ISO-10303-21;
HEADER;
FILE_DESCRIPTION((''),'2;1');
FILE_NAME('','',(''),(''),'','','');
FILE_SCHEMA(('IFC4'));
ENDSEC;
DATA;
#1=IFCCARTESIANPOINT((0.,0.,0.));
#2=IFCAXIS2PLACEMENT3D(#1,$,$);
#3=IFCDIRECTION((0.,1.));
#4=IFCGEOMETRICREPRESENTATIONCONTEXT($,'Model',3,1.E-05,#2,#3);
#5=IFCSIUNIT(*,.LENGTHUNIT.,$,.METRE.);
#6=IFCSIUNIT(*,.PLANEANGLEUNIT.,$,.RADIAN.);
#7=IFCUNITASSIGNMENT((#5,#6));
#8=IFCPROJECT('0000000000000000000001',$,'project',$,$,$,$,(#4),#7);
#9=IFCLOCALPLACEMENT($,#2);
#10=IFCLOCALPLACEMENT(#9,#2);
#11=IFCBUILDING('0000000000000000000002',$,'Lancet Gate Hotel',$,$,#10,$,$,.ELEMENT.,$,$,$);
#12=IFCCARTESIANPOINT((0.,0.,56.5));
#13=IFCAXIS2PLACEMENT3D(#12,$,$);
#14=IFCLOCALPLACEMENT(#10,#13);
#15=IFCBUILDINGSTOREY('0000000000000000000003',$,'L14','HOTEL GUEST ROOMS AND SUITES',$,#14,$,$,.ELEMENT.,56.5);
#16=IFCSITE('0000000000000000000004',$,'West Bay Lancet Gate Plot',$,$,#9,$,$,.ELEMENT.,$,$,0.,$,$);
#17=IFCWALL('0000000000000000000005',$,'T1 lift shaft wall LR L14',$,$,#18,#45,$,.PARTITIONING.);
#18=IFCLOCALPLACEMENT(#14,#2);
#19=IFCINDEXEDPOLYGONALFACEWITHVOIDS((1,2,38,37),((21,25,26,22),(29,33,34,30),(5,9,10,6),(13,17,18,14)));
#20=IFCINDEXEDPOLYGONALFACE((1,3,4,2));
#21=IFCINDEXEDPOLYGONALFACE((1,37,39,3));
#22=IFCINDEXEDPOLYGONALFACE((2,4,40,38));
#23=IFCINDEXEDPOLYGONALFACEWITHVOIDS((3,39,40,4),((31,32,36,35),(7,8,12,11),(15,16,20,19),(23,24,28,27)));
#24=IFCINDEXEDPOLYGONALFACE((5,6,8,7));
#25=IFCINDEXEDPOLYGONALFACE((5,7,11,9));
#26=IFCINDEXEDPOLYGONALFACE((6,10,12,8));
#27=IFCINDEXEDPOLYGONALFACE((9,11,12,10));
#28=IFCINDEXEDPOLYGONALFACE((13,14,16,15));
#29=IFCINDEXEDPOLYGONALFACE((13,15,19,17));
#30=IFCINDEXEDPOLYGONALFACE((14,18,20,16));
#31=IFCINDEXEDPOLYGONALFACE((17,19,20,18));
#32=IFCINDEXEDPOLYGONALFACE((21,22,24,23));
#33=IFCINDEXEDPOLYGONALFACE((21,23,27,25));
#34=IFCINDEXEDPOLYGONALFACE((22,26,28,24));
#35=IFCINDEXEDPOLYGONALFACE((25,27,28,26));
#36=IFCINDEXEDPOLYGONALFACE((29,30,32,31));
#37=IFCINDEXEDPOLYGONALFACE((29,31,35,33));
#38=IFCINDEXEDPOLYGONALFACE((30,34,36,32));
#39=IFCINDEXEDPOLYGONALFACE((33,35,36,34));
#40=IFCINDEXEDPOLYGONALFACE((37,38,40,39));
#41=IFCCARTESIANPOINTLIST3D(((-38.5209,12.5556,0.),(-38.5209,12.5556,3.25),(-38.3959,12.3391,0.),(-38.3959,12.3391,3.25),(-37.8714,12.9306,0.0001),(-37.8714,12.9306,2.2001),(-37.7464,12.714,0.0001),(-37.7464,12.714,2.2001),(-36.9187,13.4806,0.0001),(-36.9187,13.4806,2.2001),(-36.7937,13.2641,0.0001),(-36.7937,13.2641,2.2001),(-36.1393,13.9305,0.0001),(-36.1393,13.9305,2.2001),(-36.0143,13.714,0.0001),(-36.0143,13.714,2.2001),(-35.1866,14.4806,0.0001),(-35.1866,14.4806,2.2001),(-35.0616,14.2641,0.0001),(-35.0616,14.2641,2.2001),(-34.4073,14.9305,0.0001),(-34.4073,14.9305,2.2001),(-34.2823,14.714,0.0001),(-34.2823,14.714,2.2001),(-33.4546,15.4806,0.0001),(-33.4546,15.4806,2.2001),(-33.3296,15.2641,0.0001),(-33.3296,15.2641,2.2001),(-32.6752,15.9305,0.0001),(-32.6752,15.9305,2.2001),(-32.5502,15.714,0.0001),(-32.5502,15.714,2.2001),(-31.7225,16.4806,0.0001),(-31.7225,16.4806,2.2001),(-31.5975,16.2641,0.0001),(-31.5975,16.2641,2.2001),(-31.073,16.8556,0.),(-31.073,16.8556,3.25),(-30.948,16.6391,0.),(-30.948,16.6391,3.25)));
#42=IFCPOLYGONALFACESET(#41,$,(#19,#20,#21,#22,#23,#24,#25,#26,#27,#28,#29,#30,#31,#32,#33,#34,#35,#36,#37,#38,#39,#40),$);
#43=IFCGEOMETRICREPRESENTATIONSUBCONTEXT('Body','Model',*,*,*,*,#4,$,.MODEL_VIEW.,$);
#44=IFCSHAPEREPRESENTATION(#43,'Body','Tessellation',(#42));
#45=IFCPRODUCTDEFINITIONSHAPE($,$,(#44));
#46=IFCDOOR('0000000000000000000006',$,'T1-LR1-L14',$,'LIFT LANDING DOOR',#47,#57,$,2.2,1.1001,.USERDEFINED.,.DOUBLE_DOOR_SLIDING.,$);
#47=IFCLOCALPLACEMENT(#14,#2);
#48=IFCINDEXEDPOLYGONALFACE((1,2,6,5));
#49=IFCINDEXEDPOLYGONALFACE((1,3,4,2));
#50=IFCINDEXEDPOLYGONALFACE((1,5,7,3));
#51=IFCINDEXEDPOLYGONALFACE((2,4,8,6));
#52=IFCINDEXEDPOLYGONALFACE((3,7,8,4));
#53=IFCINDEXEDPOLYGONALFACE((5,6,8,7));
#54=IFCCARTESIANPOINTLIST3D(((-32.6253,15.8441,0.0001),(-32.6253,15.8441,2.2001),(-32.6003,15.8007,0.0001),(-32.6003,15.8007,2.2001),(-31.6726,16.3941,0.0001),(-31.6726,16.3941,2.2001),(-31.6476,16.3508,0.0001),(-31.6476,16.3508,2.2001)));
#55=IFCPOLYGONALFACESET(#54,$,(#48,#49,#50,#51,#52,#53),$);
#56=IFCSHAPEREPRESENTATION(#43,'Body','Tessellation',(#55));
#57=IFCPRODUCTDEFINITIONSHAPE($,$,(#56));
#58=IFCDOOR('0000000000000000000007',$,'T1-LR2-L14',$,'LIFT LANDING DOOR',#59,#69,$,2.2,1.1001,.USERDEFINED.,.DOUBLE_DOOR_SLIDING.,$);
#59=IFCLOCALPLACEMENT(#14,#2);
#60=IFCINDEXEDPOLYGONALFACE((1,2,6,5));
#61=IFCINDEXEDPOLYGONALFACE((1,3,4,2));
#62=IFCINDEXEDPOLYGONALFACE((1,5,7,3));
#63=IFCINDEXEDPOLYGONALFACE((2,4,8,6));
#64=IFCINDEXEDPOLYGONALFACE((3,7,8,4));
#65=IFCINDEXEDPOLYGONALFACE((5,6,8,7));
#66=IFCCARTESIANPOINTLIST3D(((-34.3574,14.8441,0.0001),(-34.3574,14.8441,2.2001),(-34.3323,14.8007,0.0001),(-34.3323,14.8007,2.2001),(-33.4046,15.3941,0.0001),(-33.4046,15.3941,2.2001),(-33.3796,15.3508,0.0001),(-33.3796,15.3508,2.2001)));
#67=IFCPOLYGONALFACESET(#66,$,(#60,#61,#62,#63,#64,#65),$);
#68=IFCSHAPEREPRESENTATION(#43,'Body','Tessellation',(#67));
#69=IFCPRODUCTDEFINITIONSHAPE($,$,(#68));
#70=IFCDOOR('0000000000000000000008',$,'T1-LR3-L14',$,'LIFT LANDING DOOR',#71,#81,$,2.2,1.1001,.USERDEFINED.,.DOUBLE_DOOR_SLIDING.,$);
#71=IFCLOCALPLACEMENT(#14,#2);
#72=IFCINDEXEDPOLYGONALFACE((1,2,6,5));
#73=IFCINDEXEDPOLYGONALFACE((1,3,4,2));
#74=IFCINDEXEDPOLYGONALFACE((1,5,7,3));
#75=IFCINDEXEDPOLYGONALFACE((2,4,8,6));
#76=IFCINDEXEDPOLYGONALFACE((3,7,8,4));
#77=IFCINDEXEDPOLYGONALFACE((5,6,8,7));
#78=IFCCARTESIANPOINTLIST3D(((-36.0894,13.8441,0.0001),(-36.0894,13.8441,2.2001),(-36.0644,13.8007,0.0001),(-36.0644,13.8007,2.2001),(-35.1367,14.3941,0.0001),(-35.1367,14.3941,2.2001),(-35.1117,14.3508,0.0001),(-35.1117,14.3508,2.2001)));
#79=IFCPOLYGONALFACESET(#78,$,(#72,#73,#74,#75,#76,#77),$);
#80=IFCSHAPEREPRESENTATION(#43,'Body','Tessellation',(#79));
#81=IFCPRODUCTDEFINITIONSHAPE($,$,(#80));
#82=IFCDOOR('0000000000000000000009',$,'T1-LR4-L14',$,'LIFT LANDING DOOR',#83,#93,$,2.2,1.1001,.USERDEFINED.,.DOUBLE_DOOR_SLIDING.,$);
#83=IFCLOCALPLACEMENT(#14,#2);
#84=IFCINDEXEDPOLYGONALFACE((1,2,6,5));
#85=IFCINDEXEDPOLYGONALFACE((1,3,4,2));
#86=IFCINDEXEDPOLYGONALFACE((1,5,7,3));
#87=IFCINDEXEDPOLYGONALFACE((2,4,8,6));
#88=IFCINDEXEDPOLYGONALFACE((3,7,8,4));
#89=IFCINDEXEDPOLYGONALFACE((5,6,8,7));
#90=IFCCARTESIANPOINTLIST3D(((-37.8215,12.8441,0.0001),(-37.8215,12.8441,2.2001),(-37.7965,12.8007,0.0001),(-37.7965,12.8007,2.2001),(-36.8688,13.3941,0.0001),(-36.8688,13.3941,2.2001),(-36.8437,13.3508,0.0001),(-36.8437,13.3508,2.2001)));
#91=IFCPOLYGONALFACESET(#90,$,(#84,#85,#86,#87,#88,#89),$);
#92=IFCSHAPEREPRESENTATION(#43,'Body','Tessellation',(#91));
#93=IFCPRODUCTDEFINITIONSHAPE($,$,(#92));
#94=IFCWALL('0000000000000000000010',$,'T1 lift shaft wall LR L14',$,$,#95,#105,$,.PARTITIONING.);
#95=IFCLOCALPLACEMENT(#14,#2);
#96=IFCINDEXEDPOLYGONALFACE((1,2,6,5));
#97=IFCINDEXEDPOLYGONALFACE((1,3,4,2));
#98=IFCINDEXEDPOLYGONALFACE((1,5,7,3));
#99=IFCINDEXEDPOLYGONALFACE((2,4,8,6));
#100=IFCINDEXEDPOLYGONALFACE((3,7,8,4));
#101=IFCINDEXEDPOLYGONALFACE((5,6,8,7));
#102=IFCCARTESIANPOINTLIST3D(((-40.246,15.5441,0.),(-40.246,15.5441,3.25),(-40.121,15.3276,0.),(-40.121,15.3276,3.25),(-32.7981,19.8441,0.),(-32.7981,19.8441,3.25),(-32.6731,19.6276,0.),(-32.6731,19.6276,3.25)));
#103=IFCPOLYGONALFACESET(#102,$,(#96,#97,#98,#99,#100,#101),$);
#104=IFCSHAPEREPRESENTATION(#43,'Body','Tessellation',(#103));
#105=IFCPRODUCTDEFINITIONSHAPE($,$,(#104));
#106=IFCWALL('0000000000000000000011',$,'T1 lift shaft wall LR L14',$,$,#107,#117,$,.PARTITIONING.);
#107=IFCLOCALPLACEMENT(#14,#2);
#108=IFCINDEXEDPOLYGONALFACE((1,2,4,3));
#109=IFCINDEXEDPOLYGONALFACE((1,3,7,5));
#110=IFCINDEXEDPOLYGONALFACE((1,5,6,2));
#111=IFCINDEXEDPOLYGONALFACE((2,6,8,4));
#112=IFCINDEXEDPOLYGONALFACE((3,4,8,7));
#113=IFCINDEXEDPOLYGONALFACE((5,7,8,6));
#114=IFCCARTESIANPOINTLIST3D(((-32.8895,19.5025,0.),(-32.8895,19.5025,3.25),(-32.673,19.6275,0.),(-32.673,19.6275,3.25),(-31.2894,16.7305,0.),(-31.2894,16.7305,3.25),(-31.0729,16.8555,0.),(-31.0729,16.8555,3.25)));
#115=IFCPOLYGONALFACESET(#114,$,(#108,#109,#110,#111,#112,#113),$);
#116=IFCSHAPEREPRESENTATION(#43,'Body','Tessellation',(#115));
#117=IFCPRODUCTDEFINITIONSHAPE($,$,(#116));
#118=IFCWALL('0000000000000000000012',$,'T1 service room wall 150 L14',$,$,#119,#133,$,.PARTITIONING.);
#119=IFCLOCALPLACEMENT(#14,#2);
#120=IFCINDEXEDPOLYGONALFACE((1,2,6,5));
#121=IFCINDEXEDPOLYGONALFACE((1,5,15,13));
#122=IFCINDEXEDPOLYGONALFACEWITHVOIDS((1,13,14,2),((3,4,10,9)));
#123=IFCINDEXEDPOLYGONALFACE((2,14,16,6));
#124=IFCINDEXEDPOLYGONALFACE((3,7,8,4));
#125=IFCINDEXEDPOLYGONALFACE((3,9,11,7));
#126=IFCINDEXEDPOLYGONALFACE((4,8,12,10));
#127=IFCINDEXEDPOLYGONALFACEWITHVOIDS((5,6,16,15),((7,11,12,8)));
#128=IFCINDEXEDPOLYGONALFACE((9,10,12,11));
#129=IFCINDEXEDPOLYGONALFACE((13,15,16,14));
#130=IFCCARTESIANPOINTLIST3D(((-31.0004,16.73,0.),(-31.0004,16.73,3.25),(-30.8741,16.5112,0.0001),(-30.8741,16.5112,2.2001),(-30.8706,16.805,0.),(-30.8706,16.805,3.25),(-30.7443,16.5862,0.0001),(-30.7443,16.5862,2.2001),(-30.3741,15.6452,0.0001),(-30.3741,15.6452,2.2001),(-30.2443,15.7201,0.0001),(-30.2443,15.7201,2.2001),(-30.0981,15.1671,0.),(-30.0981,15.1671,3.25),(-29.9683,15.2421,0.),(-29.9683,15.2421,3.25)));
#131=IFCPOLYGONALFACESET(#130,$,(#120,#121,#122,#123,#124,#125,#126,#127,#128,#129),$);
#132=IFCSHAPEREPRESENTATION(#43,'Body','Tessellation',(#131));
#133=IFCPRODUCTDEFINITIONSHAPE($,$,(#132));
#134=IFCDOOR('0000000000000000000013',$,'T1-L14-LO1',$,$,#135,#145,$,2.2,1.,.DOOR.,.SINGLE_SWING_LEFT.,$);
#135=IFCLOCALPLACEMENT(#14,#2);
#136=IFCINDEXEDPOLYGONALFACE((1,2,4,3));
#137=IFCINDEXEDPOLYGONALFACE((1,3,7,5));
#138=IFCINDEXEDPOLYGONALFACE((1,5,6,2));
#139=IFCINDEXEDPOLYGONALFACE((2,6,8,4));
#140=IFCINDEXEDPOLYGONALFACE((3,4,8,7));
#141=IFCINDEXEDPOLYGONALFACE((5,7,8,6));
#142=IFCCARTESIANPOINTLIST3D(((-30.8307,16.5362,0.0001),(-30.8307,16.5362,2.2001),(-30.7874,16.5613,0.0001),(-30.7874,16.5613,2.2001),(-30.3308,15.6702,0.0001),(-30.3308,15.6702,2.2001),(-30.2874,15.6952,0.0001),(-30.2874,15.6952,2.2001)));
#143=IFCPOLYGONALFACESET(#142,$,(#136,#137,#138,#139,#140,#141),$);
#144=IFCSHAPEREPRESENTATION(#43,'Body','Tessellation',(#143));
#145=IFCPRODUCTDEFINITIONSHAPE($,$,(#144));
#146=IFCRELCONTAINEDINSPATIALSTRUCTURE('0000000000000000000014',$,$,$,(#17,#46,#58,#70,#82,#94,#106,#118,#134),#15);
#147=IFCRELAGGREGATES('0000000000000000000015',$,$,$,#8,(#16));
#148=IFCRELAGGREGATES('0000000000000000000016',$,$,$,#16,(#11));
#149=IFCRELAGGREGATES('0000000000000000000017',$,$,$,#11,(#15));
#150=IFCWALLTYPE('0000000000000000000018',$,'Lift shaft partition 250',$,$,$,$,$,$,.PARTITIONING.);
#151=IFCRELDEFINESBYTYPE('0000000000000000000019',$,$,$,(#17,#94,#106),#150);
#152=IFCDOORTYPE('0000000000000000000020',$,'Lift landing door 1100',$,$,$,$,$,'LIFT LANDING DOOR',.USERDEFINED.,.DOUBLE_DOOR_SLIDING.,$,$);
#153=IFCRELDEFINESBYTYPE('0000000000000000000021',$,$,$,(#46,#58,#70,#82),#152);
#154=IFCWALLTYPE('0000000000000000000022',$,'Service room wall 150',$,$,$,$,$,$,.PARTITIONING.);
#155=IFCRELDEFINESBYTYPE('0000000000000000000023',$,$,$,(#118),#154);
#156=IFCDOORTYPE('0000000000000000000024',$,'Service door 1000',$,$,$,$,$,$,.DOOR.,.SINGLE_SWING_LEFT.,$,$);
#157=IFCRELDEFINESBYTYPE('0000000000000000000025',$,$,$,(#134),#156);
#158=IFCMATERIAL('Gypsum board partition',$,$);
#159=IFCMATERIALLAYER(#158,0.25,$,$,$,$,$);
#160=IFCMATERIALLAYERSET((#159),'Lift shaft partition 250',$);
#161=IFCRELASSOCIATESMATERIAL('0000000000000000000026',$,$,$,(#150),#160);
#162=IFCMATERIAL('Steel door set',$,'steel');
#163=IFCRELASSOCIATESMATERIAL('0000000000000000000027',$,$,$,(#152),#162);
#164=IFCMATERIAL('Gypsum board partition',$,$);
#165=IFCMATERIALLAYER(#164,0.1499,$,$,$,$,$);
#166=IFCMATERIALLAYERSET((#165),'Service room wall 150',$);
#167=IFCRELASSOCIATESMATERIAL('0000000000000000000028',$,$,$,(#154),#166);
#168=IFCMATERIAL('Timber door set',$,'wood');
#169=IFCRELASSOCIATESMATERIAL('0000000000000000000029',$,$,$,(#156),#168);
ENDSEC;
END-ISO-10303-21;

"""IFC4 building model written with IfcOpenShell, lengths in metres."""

from ifc_helpers import new_model, si_unit, direction, frame, frame_2d, origin, place, context, subcontext, project, spatial, rectangle, extrude, material, layer, layer_set, type_object, element, fill, save


model = new_model("IFC4")

# Units and contexts
model_context = context("Model", 3, precision=1e-05, world=origin(), true_north=direction((0.0, 1.0)))
body_context = subcontext(model_context, "Body", "Model", "MODEL_VIEW")
ifc_project = project(units=[si_unit("LENGTHUNIT", "METRE"), si_unit("PLANEANGLEUNIT", "RADIAN")], contexts=[model_context])

# Site, building, storey
site_placement = place(None, origin())
site = spatial("IfcSite", under=ifc_project, at=site_placement, Name="West Bay Lancet Gate Plot", CompositionType="ELEMENT", RefElevation=0.0)
building_placement = place(site_placement, origin())
building = spatial("IfcBuilding", under=site, at=building_placement, Name="Lancet Gate Hotel", CompositionType="ELEMENT")
storey_placement = place(building_placement, frame((0.0, 0.0, 56.5)))
storey = spatial("IfcBuildingStorey", under=building, at=storey_placement, Name="L14", Description="HOTEL GUEST ROOMS AND SUITES", CompositionType="ELEMENT", Elevation=56.5)

# Wall, openings, doors
ifc_material_1 = material(Name="Gypsum board partition")
ifc_layer_1 = layer(ifc_material_1, 0.25)
ifc_layer_set_1 = layer_set([ifc_layer_1], Name="Lift shaft partition 250")
wall_type_1 = type_object("IfcWallType", Name="Lift shaft partition 250", PredefinedType="PARTITIONING", material=ifc_layer_set_1)
wall_1_placement = place(storey_placement, frame((-31.0105, 16.7473, 0.0), z_axis=(0.0, 0.0, 1.0), x_axis=(-0.866028, -0.499995, 0.0)))
wall_1 = element("IfcWall", 1, at=wall_1_placement, inside=storey, type_object=wall_type_1, Name="T1 lift shaft wall LR L14", PredefinedType="PARTITIONING", context=body_context, shape_type="SweptSolid", body=[
    extrude(rectangle(XDim=8.6001, YDim=0.25, at=frame_2d((4.3, 0.0))), origin(), (0.0, 0.0, 1.0), 3.25),
])
opening_1_placement = place(wall_1_placement, frame((0.75, 0.0, 0.0)))
opening_1 = element("IfcOpeningElement", 2, at=opening_1_placement, cuts=wall_1, PredefinedType="OPENING", context=body_context, shape_type="SweptSolid", body=[
    extrude(rectangle(XDim=1.1001, YDim=2.2, at=frame_2d((0.55, 1.1001))), frame((0.0, 0.135, 0.0), z_axis=(0.0, -1.0, 0.0), x_axis=(1.0, 0.0, 0.0)), (0.0, 0.0, 1.0), 0.27),
])
opening_2_placement = place(wall_1_placement, frame((2.75, 0.0, 0.0)))
opening_2 = element("IfcOpeningElement", 3, at=opening_2_placement, cuts=wall_1, PredefinedType="OPENING", context=body_context, shape_type="SweptSolid", body=[
    extrude(rectangle(XDim=1.1001, YDim=2.2, at=frame_2d((0.55, 1.1001))), frame((0.0, 0.135, 0.0), z_axis=(0.0, -1.0, 0.0), x_axis=(1.0, 0.0, 0.0)), (0.0, 0.0, 1.0), 0.27),
])
opening_3_placement = place(wall_1_placement, frame((4.75, 0.0, 0.0)))
opening_3 = element("IfcOpeningElement", 4, at=opening_3_placement, cuts=wall_1, PredefinedType="OPENING", context=body_context, shape_type="SweptSolid", body=[
    extrude(rectangle(XDim=1.1001, YDim=2.2, at=frame_2d((0.55, 1.1001))), frame((0.0, 0.135, 0.0), z_axis=(0.0, -1.0, 0.0), x_axis=(1.0, 0.0, 0.0)), (0.0, 0.0, 1.0), 0.27),
])
opening_4_placement = place(wall_1_placement, frame((6.75, 0.0, 0.0)))
opening_4 = element("IfcOpeningElement", 5, at=opening_4_placement, cuts=wall_1, PredefinedType="OPENING", context=body_context, shape_type="SweptSolid", body=[
    extrude(rectangle(XDim=1.1001, YDim=2.2, at=frame_2d((0.55, 1.1001))), frame((0.0, 0.135, 0.0), z_axis=(0.0, -1.0, 0.0), x_axis=(1.0, 0.0, 0.0)), (0.0, 0.0, 1.0), 0.27),
])
ifc_material_2 = material(Name="Steel door set", Category="steel")
door_type_1 = type_object("IfcDoorType", Name="Lift landing door 1100", ElementType="LIFT LANDING DOOR", OperationType="DOUBLE_DOOR_SLIDING", PredefinedType="USERDEFINED", material=ifc_material_2)
door_1_placement = place(opening_1_placement, origin())
door_1 = element("IfcDoor", 6, at=door_1_placement, inside=storey, type_object=door_type_1, Name="T1-LR1-L14", ObjectType="LIFT LANDING DOOR", OperationType="DOUBLE_DOOR_SLIDING", OverallHeight=2.2, OverallWidth=1.1001, PredefinedType="USERDEFINED", context=body_context, shape_type="SweptSolid", body=[
    extrude(rectangle(XDim=1.1001, YDim=2.2, at=frame_2d((0.55, 1.1001))), frame((0.0, 0.0249, 0.0), z_axis=(0.0, -1.0, 0.0), x_axis=(1.0, 0.0, 0.0)), (0.0, 0.0, 1.0), 0.05),
])
fill(opening_1, door_1)
door_2_placement = place(opening_2_placement, origin())
door_2 = element("IfcDoor", 7, at=door_2_placement, inside=storey, type_object=door_type_1, Name="T1-LR2-L14", ObjectType="LIFT LANDING DOOR", OperationType="DOUBLE_DOOR_SLIDING", OverallHeight=2.2, OverallWidth=1.1001, PredefinedType="USERDEFINED", context=body_context, shape_type="SweptSolid", body=[
    extrude(rectangle(XDim=1.1001, YDim=2.2, at=frame_2d((0.55, 1.1001))), frame((0.0, 0.0249, 0.0), z_axis=(0.0, -1.0, 0.0), x_axis=(1.0, 0.0, 0.0)), (0.0, 0.0, 1.0), 0.05),
])
fill(opening_2, door_2)
door_3_placement = place(opening_3_placement, origin())
door_3 = element("IfcDoor", 8, at=door_3_placement, inside=storey, type_object=door_type_1, Name="T1-LR3-L14", ObjectType="LIFT LANDING DOOR", OperationType="DOUBLE_DOOR_SLIDING", OverallHeight=2.2, OverallWidth=1.1001, PredefinedType="USERDEFINED", context=body_context, shape_type="SweptSolid", body=[
    extrude(rectangle(XDim=1.1001, YDim=2.2, at=frame_2d((0.55, 1.1001))), frame((0.0, 0.0249, 0.0), z_axis=(0.0, -1.0, 0.0), x_axis=(1.0, 0.0, 0.0)), (0.0, 0.0, 1.0), 0.05),
])
fill(opening_3, door_3)
door_4_placement = place(opening_4_placement, origin())
door_4 = element("IfcDoor", 9, at=door_4_placement, inside=storey, type_object=door_type_1, Name="T1-LR4-L14", ObjectType="LIFT LANDING DOOR", OperationType="DOUBLE_DOOR_SLIDING", OverallHeight=2.2, OverallWidth=1.1001, PredefinedType="USERDEFINED", context=body_context, shape_type="SweptSolid", body=[
    extrude(rectangle(XDim=1.1001, YDim=2.2, at=frame_2d((0.55, 1.1001))), frame((0.0, 0.0249, 0.0), z_axis=(0.0, -1.0, 0.0), x_axis=(1.0, 0.0, 0.0)), (0.0, 0.0, 1.0), 0.05),
])
fill(opening_4, door_4)

# Walls
wall_2_placement = place(storey_placement, frame((-32.7356, 19.7358, 0.0), z_axis=(0.0, 0.0, 1.0), x_axis=(-0.866028, -0.499995, 0.0)))
element("IfcWall", 10, at=wall_2_placement, inside=storey, type_object=wall_type_1, Name="T1 lift shaft wall LR L14", PredefinedType="PARTITIONING", context=body_context, shape_type="SweptSolid", body=[
    extrude(rectangle(XDim=8.6001, YDim=0.25, at=frame_2d((4.3, 0.0))), origin(), (0.0, 0.0, 1.0), 3.25),
])
wall_3_placement = place(storey_placement, frame((-31.1812, 16.793, 0.0), z_axis=(0.0, 0.0, 1.0), x_axis=(-0.499929, 0.866066, 0.0)))
element("IfcWall", 11, at=wall_3_placement, inside=storey, type_object=wall_type_1, Name="T1 lift shaft wall LR L14", PredefinedType="PARTITIONING", context=body_context, shape_type="SweptSolid", body=[
    extrude(rectangle(XDim=3.2007, YDim=0.25, at=frame_2d((1.6003, 0.0))), origin(), (0.0, 0.0, 1.0), 3.25),
])

# Wall, opening, door
ifc_material_3 = material(Name="Gypsum board partition")
ifc_layer_2 = layer(ifc_material_3, 0.1499)
ifc_layer_set_2 = layer_set([ifc_layer_2], Name="Service room wall 150")
wall_type_2 = type_object("IfcWallType", Name="Service room wall 150", PredefinedType="PARTITIONING", material=ifc_layer_set_2)
wall_4_placement = place(storey_placement, frame((-30.0332, 15.2046, 0.0), z_axis=(0.0, 0.0, 1.0), x_axis=(-0.49998, 0.866037, 0.0)))
wall_4 = element("IfcWall", 12, at=wall_4_placement, inside=storey, type_object=wall_type_2, Name="T1 service room wall 150 L14", PredefinedType="PARTITIONING", context=body_context, shape_type="SweptSolid", body=[
    extrude(rectangle(XDim=1.8047, YDim=0.1499, at=frame_2d((0.9023, 0.0))), origin(), (0.0, 0.0, 1.0), 3.25),
])
opening_5_placement = place(wall_4_placement, frame((0.552, 0.0, 0.0)))
opening_5 = element("IfcOpeningElement", 13, at=opening_5_placement, cuts=wall_4, PredefinedType="OPENING", context=body_context, shape_type="SweptSolid", body=[
    extrude(rectangle(XDim=1.0, YDim=2.2, at=frame_2d((0.5, 1.1001))), frame((0.0, 0.085, 0.0), z_axis=(0.0, -1.0, 0.0), x_axis=(1.0, 0.0, 0.0)), (0.0, 0.0, 1.0), 0.1699),
])
ifc_material_4 = material(Name="Timber door set", Category="wood")
door_type_2 = type_object("IfcDoorType", Name="Service door 1000", OperationType="SINGLE_SWING_LEFT", PredefinedType="DOOR", material=ifc_material_4)
door_5_placement = place(opening_5_placement, origin())
door_5 = element("IfcDoor", 14, at=door_5_placement, inside=storey, type_object=door_type_2, Name="T1-L14-LO1", OperationType="SINGLE_SWING_LEFT", OverallHeight=2.2, OverallWidth=1.0, PredefinedType="DOOR", context=body_context, shape_type="SweptSolid", body=[
    extrude(rectangle(XDim=1.0, YDim=2.2, at=frame_2d((0.5, 1.1001))), frame((0.0, 0.0249, 0.0), z_axis=(0.0, -1.0, 0.0), x_axis=(1.0, 0.0, 0.0)), (0.0, 0.0, 1.0), 0.05),
])
fill(opening_5, door_5)

save(model, "model.ifc")
